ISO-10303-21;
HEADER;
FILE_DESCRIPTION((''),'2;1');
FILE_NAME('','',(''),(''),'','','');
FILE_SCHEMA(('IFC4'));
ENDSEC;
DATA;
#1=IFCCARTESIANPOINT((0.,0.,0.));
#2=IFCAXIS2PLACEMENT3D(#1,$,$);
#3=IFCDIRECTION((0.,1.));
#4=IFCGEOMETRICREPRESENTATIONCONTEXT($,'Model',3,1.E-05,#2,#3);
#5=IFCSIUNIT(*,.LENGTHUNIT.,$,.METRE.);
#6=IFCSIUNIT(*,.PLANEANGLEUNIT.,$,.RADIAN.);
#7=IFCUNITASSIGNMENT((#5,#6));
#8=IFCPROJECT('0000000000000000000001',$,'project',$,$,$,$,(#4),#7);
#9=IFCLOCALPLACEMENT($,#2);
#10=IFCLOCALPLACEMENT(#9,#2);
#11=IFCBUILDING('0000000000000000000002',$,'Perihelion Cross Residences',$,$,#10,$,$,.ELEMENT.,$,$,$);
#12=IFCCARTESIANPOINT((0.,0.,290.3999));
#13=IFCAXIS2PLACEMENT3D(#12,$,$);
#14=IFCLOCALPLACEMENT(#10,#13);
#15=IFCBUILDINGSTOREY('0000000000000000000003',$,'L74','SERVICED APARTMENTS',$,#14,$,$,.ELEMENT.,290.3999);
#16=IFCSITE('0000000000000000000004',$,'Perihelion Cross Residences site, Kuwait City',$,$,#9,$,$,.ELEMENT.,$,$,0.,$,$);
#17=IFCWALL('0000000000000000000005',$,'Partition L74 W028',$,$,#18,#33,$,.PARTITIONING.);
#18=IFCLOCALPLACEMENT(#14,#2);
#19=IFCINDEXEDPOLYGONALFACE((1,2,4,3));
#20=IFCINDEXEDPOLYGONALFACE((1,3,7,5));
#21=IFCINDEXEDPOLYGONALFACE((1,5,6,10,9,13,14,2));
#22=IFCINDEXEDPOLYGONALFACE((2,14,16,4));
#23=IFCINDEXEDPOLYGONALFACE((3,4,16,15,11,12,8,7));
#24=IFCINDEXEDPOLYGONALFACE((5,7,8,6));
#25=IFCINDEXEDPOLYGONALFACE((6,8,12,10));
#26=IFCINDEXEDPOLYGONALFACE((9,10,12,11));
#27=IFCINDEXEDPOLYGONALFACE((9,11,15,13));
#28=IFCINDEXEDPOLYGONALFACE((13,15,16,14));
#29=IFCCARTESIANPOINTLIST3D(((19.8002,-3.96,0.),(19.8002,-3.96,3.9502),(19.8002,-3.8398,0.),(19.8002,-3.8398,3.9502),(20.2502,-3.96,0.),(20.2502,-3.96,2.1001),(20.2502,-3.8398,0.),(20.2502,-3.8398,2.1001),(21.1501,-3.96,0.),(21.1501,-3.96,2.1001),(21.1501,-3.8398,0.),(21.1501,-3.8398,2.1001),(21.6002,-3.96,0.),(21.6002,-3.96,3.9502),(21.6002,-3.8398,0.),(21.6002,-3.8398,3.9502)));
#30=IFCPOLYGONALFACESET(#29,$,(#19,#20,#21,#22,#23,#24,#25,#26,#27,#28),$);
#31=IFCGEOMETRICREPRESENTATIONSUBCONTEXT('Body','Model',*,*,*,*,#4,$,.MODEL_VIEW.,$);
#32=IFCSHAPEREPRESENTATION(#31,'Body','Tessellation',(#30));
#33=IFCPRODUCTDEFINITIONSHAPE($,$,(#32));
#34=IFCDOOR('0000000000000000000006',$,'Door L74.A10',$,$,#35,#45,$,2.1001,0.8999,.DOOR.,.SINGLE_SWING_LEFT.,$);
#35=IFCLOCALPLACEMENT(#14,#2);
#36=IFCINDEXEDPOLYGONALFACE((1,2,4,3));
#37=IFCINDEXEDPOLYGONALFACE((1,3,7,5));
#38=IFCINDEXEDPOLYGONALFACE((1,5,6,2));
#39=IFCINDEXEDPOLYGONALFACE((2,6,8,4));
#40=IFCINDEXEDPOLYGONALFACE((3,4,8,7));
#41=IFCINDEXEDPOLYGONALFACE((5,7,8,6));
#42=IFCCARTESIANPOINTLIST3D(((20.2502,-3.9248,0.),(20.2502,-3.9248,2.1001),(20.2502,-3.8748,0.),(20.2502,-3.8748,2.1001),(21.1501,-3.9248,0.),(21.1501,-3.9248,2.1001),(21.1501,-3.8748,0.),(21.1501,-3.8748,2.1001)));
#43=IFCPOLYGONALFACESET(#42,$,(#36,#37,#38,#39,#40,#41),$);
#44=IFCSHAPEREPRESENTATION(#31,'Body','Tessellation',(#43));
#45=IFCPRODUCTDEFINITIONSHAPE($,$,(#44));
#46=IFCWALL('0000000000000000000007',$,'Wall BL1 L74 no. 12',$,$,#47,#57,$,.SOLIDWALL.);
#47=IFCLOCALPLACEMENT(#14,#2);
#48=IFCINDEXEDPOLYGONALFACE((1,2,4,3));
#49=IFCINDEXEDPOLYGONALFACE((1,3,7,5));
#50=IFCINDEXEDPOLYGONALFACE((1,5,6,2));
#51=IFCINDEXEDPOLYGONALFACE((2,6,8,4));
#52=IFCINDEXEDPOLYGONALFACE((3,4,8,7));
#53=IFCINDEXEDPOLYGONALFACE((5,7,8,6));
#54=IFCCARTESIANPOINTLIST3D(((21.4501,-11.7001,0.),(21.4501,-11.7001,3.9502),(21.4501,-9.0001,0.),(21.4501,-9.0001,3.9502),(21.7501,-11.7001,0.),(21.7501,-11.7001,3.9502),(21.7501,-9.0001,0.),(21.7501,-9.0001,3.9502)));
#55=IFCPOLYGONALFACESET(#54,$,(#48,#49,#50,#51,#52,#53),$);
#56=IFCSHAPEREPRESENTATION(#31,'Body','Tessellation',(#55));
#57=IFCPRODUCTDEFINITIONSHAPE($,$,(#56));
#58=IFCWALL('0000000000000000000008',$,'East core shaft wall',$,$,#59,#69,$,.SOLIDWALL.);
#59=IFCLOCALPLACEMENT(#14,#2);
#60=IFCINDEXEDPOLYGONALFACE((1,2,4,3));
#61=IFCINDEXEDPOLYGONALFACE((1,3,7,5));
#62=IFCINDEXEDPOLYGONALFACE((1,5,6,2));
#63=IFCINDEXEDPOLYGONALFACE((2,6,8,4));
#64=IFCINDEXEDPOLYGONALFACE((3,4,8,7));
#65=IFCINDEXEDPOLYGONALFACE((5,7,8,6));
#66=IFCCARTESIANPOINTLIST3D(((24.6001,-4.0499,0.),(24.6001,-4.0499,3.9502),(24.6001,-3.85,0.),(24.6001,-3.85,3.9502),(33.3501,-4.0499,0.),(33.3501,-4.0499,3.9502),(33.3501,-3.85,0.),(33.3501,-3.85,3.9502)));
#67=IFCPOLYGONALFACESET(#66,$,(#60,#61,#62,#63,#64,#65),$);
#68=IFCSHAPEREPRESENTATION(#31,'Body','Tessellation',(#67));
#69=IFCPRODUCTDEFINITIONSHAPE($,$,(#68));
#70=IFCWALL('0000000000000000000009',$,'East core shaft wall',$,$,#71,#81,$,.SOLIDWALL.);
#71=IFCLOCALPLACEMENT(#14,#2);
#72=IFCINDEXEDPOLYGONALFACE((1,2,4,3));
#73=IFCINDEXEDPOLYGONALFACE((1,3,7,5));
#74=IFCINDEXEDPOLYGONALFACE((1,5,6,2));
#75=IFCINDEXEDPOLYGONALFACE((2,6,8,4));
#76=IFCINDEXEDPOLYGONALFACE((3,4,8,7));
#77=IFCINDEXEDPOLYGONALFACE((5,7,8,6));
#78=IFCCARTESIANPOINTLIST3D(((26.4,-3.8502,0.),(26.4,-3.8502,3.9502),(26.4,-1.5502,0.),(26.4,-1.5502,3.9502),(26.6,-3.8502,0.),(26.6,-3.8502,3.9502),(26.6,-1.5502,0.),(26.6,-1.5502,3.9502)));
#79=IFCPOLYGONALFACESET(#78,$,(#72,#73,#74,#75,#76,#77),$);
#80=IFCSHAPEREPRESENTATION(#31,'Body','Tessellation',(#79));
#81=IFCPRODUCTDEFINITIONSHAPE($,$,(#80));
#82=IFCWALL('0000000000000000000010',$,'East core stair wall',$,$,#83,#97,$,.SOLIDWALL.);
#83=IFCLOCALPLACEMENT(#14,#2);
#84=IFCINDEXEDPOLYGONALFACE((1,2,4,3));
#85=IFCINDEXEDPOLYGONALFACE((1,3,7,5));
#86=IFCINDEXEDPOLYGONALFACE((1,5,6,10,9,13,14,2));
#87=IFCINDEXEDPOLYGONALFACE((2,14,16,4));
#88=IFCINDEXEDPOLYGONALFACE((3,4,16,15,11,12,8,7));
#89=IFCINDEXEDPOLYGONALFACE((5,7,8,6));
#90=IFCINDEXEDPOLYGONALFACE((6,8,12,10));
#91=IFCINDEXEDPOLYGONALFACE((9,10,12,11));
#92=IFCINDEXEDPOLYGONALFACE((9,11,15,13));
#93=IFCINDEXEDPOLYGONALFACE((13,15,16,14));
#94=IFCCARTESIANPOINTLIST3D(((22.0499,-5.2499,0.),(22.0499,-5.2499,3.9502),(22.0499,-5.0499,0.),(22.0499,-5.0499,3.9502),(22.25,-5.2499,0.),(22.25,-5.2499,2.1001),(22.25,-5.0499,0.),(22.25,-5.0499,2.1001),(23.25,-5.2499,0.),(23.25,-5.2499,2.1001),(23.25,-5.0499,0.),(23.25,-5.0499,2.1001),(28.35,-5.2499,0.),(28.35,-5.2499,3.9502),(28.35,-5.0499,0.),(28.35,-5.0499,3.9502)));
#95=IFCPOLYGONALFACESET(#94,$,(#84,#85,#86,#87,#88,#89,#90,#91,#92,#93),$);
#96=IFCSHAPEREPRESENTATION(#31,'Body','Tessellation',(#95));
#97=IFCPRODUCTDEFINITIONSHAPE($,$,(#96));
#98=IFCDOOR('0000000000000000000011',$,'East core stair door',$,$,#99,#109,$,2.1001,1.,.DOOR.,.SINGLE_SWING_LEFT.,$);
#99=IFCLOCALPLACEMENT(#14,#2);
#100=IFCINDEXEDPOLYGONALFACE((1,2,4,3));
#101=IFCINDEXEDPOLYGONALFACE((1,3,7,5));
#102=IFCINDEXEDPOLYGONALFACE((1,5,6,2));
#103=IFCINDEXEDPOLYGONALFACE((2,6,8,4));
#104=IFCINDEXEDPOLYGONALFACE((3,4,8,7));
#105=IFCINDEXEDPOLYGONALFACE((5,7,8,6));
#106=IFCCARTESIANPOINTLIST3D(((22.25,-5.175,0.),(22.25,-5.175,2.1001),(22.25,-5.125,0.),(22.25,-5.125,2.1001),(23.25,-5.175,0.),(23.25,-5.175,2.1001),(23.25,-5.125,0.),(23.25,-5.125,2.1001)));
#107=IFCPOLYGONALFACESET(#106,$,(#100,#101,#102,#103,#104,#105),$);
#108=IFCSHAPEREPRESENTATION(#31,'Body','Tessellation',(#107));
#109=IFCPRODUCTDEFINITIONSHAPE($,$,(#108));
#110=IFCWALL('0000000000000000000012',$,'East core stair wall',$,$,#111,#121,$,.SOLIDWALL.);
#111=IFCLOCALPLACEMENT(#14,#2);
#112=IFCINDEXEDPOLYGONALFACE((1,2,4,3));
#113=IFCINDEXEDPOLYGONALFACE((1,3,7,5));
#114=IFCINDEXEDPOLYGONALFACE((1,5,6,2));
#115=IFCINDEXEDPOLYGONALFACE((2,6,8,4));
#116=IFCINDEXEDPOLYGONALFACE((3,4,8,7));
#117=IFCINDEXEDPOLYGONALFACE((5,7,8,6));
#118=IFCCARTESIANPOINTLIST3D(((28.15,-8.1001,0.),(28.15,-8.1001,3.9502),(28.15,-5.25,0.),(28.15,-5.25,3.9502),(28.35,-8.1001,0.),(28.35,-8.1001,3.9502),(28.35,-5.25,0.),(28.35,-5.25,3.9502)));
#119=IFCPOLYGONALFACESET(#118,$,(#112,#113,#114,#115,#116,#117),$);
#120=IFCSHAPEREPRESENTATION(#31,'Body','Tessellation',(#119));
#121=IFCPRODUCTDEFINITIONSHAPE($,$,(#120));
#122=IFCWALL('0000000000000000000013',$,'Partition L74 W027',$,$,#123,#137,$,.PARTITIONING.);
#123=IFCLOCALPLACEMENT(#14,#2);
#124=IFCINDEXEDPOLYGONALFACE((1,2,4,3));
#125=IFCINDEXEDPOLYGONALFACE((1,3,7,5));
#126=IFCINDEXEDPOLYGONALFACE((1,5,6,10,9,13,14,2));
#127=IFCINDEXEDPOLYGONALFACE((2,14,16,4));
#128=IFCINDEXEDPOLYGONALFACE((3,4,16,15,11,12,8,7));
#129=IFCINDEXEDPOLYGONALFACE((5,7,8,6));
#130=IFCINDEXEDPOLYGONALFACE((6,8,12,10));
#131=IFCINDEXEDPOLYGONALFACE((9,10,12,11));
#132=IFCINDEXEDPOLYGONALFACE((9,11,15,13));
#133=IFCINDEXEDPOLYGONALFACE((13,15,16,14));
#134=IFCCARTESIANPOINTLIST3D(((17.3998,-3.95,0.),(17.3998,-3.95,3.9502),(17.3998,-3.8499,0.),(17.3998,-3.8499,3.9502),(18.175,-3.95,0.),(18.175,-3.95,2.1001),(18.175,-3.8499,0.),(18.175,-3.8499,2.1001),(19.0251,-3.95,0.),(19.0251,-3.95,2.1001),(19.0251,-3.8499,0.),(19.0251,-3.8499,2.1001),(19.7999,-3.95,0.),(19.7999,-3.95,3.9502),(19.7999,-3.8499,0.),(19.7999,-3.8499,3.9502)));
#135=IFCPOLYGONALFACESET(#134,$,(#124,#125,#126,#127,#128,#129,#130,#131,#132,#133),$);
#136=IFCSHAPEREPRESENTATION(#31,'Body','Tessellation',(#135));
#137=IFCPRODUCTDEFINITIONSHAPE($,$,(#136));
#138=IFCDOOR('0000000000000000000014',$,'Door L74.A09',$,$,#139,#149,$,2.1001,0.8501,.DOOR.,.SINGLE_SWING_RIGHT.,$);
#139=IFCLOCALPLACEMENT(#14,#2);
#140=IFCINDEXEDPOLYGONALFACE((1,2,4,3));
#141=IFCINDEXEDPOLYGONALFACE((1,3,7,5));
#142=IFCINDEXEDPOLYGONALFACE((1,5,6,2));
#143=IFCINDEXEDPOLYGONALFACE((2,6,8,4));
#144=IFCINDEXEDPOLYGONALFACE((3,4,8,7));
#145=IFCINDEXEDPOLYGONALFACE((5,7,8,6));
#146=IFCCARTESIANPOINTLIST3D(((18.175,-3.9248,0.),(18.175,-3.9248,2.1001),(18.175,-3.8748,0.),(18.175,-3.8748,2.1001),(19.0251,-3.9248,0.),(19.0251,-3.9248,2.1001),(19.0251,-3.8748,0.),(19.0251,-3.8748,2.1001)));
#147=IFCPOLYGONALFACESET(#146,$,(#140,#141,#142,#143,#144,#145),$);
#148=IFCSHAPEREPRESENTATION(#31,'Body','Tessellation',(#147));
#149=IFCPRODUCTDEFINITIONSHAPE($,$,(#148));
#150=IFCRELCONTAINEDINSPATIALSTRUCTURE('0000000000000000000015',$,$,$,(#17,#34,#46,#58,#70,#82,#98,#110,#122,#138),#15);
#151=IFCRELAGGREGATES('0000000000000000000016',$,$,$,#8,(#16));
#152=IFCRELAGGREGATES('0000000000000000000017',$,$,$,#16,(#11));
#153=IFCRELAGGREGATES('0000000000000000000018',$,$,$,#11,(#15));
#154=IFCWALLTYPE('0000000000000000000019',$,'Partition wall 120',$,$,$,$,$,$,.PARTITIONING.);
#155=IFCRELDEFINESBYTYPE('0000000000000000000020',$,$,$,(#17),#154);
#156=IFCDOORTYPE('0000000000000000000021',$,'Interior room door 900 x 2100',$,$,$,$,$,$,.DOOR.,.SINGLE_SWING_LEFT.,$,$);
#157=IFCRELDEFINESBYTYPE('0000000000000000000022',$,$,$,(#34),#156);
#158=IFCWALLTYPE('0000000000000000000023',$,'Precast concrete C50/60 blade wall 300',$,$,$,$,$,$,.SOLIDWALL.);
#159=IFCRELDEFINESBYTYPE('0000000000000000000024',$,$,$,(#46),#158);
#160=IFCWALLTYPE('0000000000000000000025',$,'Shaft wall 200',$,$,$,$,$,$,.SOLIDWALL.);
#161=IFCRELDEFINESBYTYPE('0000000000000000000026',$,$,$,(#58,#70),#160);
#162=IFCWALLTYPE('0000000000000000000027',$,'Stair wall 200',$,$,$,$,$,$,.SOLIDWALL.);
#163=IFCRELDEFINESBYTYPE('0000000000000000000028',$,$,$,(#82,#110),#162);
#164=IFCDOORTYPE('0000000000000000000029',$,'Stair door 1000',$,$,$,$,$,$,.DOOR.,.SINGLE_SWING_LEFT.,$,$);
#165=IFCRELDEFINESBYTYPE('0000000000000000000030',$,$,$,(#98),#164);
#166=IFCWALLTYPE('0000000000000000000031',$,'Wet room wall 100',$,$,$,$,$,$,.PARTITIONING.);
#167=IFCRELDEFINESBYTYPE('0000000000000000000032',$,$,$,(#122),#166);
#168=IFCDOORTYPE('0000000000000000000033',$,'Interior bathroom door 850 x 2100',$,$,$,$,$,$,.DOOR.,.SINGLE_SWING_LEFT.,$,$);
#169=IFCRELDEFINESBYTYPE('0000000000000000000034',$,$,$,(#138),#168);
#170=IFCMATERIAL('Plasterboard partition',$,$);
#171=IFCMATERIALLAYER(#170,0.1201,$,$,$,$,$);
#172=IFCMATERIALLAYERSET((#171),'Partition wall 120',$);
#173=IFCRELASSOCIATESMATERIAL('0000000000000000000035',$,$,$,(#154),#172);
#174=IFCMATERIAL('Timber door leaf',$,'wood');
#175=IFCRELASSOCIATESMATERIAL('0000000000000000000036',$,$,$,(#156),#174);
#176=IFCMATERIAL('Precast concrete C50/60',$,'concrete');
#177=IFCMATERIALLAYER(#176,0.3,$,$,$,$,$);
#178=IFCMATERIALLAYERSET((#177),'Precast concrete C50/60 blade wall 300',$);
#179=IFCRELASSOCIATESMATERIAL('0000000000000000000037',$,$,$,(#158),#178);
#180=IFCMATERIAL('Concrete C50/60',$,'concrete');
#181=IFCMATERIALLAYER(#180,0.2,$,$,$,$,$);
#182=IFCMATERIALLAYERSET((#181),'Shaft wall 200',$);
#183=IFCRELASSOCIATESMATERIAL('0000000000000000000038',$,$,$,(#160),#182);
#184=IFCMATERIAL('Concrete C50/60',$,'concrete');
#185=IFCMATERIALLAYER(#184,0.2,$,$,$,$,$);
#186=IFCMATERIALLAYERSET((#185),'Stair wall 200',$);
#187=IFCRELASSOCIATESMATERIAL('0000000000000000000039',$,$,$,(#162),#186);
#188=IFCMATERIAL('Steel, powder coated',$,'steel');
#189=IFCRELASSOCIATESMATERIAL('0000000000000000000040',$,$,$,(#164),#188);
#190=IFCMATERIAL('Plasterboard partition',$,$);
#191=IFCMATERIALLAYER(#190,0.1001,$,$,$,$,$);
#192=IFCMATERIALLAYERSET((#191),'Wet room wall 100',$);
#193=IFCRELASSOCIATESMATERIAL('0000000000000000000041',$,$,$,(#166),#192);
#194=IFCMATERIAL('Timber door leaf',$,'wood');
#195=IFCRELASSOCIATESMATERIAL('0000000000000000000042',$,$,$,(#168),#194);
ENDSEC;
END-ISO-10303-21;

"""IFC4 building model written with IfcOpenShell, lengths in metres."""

from ifc_helpers import new_model, si_unit, direction, frame, frame_2d, origin, place, context, subcontext, project, spatial, rectangle, extrude, material, layer, layer_set, type_object, element, fill, save


model = new_model("IFC4")

# Units and contexts
model_context = context("Model", 3, precision=1e-05, world=origin(), true_north=direction((0.0, 1.0)))
body_context = subcontext(model_context, "Body", "Model", "MODEL_VIEW")
ifc_project = project(units=[si_unit("LENGTHUNIT", "METRE"), si_unit("PLANEANGLEUNIT", "RADIAN")], contexts=[model_context])

# Site, building, storey
site_placement = place(None, origin())
site = spatial("IfcSite", under=ifc_project, at=site_placement, Name="Perihelion Cross Residences site, Kuwait City", CompositionType="ELEMENT", RefElevation=0.0)
building_placement = place(site_placement, origin())
building = spatial("IfcBuilding", under=site, at=building_placement, Name="Perihelion Cross Residences", CompositionType="ELEMENT")
storey_placement = place(building_placement, frame((0.0, 0.0, 290.3999)))
storey = spatial("IfcBuildingStorey", under=building, at=storey_placement, Name="L74", Description="SERVICED APARTMENTS", CompositionType="ELEMENT", Elevation=290.3999)

# Wall, opening, door
ifc_material_1 = material(Name="Plasterboard partition")
ifc_layer_1 = layer(ifc_material_1, 0.1201)
ifc_layer_set_1 = layer_set([ifc_layer_1], Name="Partition wall 120")
wall_type_1 = type_object("IfcWallType", Name="Partition wall 120", PredefinedType="PARTITIONING", material=ifc_layer_set_1)
wall_1_placement = place(storey_placement, frame((21.6001, -3.8999, 0.0), z_axis=(0.0, 0.0, 1.0), x_axis=(-1.0, 0.0, 0.0)))
wall_1 = element("IfcWall", 1, at=wall_1_placement, inside=storey, type_object=wall_type_1, Name="Partition L74 W028", PredefinedType="PARTITIONING", context=body_context, shape_type="SweptSolid", body=[
    extrude(rectangle(XDim=1.8, YDim=0.1201, at=frame_2d((0.8999, 0.0))), origin(), (0.0, 0.0, 1.0), 3.9502),
])
opening_1_placement = place(wall_1_placement, frame((0.45, 0.0, 0.0)))
opening_1 = element("IfcOpeningElement", 2, at=opening_1_placement, cuts=wall_1, PredefinedType="OPENING", context=body_context, shape_type="SweptSolid", body=[
    extrude(rectangle(XDim=0.8999, YDim=2.1001, at=frame_2d((0.45, 1.05))), frame((0.0, 0.0701, 0.0), z_axis=(0.0, -1.0, 0.0), x_axis=(1.0, 0.0, 0.0)), (0.0, 0.0, 1.0), 0.1401),
])
ifc_material_2 = material(Name="Timber door leaf", Category="wood")
door_type_1 = type_object("IfcDoorType", Name="Interior room door 900 x 2100", OperationType="SINGLE_SWING_LEFT", PredefinedType="DOOR", material=ifc_material_2)
door_1_placement = place(opening_1_placement, origin())
door_1 = element("IfcDoor", 3, at=door_1_placement, inside=storey, type_object=door_type_1, Name="Door L74.A10", OperationType="SINGLE_SWING_LEFT", OverallHeight=2.1001, OverallWidth=0.8999, PredefinedType="DOOR", context=body_context, shape_type="SweptSolid", body=[
    extrude(rectangle(XDim=0.8999, YDim=2.1001, at=frame_2d((0.45, 1.05))), frame((0.0, 0.0249, 0.0), z_axis=(0.0, -1.0, 0.0), x_axis=(1.0, 0.0, 0.0)), (0.0, 0.0, 1.0), 0.05),
])
fill(opening_1, door_1)

# Walls
ifc_material_3 = material(Name="Precast concrete C50/60", Category="concrete")
ifc_layer_2 = layer(ifc_material_3, 0.3)
ifc_layer_set_2 = layer_set([ifc_layer_2], Name="Precast concrete C50/60 blade wall 300")
wall_type_2 = type_object("IfcWallType", Name="Precast concrete C50/60 blade wall 300", PredefinedType="SOLIDWALL", material=ifc_layer_set_2)
wall_2_placement = place(storey_placement, frame((21.6001, -9.0, 0.0), z_axis=(0.0, 0.0, 1.0), x_axis=(0.0, -1.0, 0.0)))
element("IfcWall", 4, at=wall_2_placement, inside=storey, type_object=wall_type_2, Name="Wall BL1 L74 no. 12", PredefinedType="SOLIDWALL", context=body_context, shape_type="SweptSolid", body=[
    extrude(rectangle(XDim=2.7, YDim=0.3, at=frame_2d((1.3501, 0.0))), origin(), (0.0, 0.0, 1.0), 3.9502),
])
ifc_material_4 = material(Name="Concrete C50/60", Category="concrete")
ifc_layer_3 = layer(ifc_material_4, 0.2)
ifc_layer_set_3 = layer_set([ifc_layer_3], Name="Shaft wall 200")
wall_type_3 = type_object("IfcWallType", Name="Shaft wall 200", PredefinedType="SOLIDWALL", material=ifc_layer_set_3)
wall_3_placement = place(storey_placement, frame((24.6001, -3.95, 0.0), z_axis=(0.0, 0.0, 1.0), x_axis=(1.0, 0.0, 0.0)))
element("IfcWall", 5, at=wall_3_placement, inside=storey, type_object=wall_type_3, Name="East core shaft wall", PredefinedType="SOLIDWALL", context=body_context, shape_type="SweptSolid", body=[
    extrude(rectangle(XDim=8.75, YDim=0.2, at=frame_2d((4.375, 0.0))), origin(), (0.0, 0.0, 1.0), 3.9502),
])
wall_4_placement = place(storey_placement, frame((26.5, -3.8501, 0.0), z_axis=(0.0, 0.0, 1.0), x_axis=(0.0, 1.0, 0.0)))
element("IfcWall", 6, at=wall_4_placement, inside=storey, type_object=wall_type_3, Name="East core shaft wall", PredefinedType="SOLIDWALL", context=body_context, shape_type="SweptSolid", body=[
    extrude(rectangle(XDim=2.3, YDim=0.2, at=frame_2d((1.1499, 0.0))), origin(), (0.0, 0.0, 1.0), 3.9502),
])

# Wall, opening, door
ifc_material_5 = material(Name="Concrete C50/60", Category="concrete")
ifc_layer_4 = layer(ifc_material_5, 0.2)
ifc_layer_set_4 = layer_set([ifc_layer_4], Name="Stair wall 200")
wall_type_4 = type_object("IfcWallType", Name="Stair wall 200", PredefinedType="SOLIDWALL", material=ifc_layer_set_4)
wall_5_placement = place(storey_placement, frame((22.05, -5.1499, 0.0), z_axis=(0.0, 0.0, 1.0), x_axis=(1.0, 0.0, 0.0)))
wall_5 = element("IfcWall", 7, at=wall_5_placement, inside=storey, type_object=wall_type_4, Name="East core stair wall", PredefinedType="SOLIDWALL", context=body_context, shape_type="SweptSolid", body=[
    extrude(rectangle(XDim=6.3, YDim=0.2, at=frame_2d((3.1499, 0.0))), origin(), (0.0, 0.0, 1.0), 3.9502),
])
opening_2_placement = place(wall_5_placement, frame((0.2, 0.0, 0.0)))
opening_2 = element("IfcOpeningElement", 8, at=opening_2_placement, cuts=wall_5, PredefinedType="OPENING", context=body_context, shape_type="SweptSolid", body=[
    extrude(rectangle(XDim=1.0, YDim=2.1001, at=frame_2d((0.5, 1.05))), frame((0.0, 0.1099, 0.0), z_axis=(0.0, -1.0, 0.0), x_axis=(1.0, 0.0, 0.0)), (0.0, 0.0, 1.0), 0.22),
])
ifc_material_6 = material(Name="Steel, powder coated", Category="steel")
door_type_2 = type_object("IfcDoorType", Name="Stair door 1000", OperationType="SINGLE_SWING_LEFT", PredefinedType="DOOR", material=ifc_material_6)
door_2_placement = place(opening_2_placement, origin())
door_2 = element("IfcDoor", 9, at=door_2_placement, inside=storey, type_object=door_type_2, Name="East core stair door", OperationType="SINGLE_SWING_LEFT", OverallHeight=2.1001, OverallWidth=1.0, PredefinedType="DOOR", context=body_context, shape_type="SweptSolid", body=[
    extrude(rectangle(XDim=1.0, YDim=2.1001, at=frame_2d((0.5, 1.05))), frame((0.0, 0.0249, 0.0), z_axis=(0.0, -1.0, 0.0), x_axis=(1.0, 0.0, 0.0)), (0.0, 0.0, 1.0), 0.05),
])
fill(opening_2, door_2)

# Wall
wall_6_placement = place(storey_placement, frame((28.25, -8.1001, 0.0), z_axis=(0.0, 0.0, 1.0), x_axis=(0.0, 1.0, 0.0)))
element("IfcWall", 10, at=wall_6_placement, inside=storey, type_object=wall_type_4, Name="East core stair wall", PredefinedType="SOLIDWALL", context=body_context, shape_type="SweptSolid", body=[
    extrude(rectangle(XDim=2.8501, YDim=0.2, at=frame_2d((1.425, 0.0))), origin(), (0.0, 0.0, 1.0), 3.9502),
])

# Wall, opening, door
ifc_material_7 = material(Name="Plasterboard partition")
ifc_layer_5 = layer(ifc_material_7, 0.1001)
ifc_layer_set_5 = layer_set([ifc_layer_5], Name="Wet room wall 100")
wall_type_5 = type_object("IfcWallType", Name="Wet room wall 100", PredefinedType="PARTITIONING", material=ifc_layer_set_5)
wall_7_placement = place(storey_placement, frame((19.8, -3.8999, 0.0), z_axis=(0.0, 0.0, 1.0), x_axis=(-1.0, 0.0, 0.0)))
wall_7 = element("IfcWall", 11, at=wall_7_placement, inside=storey, type_object=wall_type_5, Name="Partition L74 W027", PredefinedType="PARTITIONING", context=body_context, shape_type="SweptSolid", body=[
    extrude(rectangle(XDim=2.4001, YDim=0.1001, at=frame_2d((1.2002, 0.0))), origin(), (0.0, 0.0, 1.0), 3.9502),
])
opening_3_placement = place(wall_7_placement, frame((0.7749, 0.0, 0.0)))
opening_3 = element("IfcOpeningElement", 12, at=opening_3_placement, cuts=wall_7, PredefinedType="OPENING", context=body_context, shape_type="SweptSolid", body=[
    extrude(rectangle(XDim=0.8501, YDim=2.1001, at=frame_2d((0.425, 1.05))), frame((0.0, 0.0601, 0.0), z_axis=(0.0, -1.0, 0.0), x_axis=(1.0, 0.0, 0.0)), (0.0, 0.0, 1.0), 0.1201),
])
ifc_material_8 = material(Name="Timber door leaf", Category="wood")
door_type_3 = type_object("IfcDoorType", Name="Interior bathroom door 850 x 2100", OperationType="SINGLE_SWING_LEFT", PredefinedType="DOOR", material=ifc_material_8)
door_3_placement = place(opening_3_placement, origin())
door_3 = element("IfcDoor", 13, at=door_3_placement, inside=storey, type_object=door_type_3, Name="Door L74.A09", OperationType="SINGLE_SWING_RIGHT", OverallHeight=2.1001, OverallWidth=0.8501, PredefinedType="DOOR", context=body_context, shape_type="SweptSolid", body=[
    extrude(rectangle(XDim=0.8501, YDim=2.1001, at=frame_2d((0.425, 1.05))), frame((0.0, 0.0249, 0.0), z_axis=(0.0, -1.0, 0.0), x_axis=(1.0, 0.0, 0.0)), (0.0, 0.0, 1.0), 0.05),
])
fill(opening_3, door_3)

save(model, "model.ifc")
